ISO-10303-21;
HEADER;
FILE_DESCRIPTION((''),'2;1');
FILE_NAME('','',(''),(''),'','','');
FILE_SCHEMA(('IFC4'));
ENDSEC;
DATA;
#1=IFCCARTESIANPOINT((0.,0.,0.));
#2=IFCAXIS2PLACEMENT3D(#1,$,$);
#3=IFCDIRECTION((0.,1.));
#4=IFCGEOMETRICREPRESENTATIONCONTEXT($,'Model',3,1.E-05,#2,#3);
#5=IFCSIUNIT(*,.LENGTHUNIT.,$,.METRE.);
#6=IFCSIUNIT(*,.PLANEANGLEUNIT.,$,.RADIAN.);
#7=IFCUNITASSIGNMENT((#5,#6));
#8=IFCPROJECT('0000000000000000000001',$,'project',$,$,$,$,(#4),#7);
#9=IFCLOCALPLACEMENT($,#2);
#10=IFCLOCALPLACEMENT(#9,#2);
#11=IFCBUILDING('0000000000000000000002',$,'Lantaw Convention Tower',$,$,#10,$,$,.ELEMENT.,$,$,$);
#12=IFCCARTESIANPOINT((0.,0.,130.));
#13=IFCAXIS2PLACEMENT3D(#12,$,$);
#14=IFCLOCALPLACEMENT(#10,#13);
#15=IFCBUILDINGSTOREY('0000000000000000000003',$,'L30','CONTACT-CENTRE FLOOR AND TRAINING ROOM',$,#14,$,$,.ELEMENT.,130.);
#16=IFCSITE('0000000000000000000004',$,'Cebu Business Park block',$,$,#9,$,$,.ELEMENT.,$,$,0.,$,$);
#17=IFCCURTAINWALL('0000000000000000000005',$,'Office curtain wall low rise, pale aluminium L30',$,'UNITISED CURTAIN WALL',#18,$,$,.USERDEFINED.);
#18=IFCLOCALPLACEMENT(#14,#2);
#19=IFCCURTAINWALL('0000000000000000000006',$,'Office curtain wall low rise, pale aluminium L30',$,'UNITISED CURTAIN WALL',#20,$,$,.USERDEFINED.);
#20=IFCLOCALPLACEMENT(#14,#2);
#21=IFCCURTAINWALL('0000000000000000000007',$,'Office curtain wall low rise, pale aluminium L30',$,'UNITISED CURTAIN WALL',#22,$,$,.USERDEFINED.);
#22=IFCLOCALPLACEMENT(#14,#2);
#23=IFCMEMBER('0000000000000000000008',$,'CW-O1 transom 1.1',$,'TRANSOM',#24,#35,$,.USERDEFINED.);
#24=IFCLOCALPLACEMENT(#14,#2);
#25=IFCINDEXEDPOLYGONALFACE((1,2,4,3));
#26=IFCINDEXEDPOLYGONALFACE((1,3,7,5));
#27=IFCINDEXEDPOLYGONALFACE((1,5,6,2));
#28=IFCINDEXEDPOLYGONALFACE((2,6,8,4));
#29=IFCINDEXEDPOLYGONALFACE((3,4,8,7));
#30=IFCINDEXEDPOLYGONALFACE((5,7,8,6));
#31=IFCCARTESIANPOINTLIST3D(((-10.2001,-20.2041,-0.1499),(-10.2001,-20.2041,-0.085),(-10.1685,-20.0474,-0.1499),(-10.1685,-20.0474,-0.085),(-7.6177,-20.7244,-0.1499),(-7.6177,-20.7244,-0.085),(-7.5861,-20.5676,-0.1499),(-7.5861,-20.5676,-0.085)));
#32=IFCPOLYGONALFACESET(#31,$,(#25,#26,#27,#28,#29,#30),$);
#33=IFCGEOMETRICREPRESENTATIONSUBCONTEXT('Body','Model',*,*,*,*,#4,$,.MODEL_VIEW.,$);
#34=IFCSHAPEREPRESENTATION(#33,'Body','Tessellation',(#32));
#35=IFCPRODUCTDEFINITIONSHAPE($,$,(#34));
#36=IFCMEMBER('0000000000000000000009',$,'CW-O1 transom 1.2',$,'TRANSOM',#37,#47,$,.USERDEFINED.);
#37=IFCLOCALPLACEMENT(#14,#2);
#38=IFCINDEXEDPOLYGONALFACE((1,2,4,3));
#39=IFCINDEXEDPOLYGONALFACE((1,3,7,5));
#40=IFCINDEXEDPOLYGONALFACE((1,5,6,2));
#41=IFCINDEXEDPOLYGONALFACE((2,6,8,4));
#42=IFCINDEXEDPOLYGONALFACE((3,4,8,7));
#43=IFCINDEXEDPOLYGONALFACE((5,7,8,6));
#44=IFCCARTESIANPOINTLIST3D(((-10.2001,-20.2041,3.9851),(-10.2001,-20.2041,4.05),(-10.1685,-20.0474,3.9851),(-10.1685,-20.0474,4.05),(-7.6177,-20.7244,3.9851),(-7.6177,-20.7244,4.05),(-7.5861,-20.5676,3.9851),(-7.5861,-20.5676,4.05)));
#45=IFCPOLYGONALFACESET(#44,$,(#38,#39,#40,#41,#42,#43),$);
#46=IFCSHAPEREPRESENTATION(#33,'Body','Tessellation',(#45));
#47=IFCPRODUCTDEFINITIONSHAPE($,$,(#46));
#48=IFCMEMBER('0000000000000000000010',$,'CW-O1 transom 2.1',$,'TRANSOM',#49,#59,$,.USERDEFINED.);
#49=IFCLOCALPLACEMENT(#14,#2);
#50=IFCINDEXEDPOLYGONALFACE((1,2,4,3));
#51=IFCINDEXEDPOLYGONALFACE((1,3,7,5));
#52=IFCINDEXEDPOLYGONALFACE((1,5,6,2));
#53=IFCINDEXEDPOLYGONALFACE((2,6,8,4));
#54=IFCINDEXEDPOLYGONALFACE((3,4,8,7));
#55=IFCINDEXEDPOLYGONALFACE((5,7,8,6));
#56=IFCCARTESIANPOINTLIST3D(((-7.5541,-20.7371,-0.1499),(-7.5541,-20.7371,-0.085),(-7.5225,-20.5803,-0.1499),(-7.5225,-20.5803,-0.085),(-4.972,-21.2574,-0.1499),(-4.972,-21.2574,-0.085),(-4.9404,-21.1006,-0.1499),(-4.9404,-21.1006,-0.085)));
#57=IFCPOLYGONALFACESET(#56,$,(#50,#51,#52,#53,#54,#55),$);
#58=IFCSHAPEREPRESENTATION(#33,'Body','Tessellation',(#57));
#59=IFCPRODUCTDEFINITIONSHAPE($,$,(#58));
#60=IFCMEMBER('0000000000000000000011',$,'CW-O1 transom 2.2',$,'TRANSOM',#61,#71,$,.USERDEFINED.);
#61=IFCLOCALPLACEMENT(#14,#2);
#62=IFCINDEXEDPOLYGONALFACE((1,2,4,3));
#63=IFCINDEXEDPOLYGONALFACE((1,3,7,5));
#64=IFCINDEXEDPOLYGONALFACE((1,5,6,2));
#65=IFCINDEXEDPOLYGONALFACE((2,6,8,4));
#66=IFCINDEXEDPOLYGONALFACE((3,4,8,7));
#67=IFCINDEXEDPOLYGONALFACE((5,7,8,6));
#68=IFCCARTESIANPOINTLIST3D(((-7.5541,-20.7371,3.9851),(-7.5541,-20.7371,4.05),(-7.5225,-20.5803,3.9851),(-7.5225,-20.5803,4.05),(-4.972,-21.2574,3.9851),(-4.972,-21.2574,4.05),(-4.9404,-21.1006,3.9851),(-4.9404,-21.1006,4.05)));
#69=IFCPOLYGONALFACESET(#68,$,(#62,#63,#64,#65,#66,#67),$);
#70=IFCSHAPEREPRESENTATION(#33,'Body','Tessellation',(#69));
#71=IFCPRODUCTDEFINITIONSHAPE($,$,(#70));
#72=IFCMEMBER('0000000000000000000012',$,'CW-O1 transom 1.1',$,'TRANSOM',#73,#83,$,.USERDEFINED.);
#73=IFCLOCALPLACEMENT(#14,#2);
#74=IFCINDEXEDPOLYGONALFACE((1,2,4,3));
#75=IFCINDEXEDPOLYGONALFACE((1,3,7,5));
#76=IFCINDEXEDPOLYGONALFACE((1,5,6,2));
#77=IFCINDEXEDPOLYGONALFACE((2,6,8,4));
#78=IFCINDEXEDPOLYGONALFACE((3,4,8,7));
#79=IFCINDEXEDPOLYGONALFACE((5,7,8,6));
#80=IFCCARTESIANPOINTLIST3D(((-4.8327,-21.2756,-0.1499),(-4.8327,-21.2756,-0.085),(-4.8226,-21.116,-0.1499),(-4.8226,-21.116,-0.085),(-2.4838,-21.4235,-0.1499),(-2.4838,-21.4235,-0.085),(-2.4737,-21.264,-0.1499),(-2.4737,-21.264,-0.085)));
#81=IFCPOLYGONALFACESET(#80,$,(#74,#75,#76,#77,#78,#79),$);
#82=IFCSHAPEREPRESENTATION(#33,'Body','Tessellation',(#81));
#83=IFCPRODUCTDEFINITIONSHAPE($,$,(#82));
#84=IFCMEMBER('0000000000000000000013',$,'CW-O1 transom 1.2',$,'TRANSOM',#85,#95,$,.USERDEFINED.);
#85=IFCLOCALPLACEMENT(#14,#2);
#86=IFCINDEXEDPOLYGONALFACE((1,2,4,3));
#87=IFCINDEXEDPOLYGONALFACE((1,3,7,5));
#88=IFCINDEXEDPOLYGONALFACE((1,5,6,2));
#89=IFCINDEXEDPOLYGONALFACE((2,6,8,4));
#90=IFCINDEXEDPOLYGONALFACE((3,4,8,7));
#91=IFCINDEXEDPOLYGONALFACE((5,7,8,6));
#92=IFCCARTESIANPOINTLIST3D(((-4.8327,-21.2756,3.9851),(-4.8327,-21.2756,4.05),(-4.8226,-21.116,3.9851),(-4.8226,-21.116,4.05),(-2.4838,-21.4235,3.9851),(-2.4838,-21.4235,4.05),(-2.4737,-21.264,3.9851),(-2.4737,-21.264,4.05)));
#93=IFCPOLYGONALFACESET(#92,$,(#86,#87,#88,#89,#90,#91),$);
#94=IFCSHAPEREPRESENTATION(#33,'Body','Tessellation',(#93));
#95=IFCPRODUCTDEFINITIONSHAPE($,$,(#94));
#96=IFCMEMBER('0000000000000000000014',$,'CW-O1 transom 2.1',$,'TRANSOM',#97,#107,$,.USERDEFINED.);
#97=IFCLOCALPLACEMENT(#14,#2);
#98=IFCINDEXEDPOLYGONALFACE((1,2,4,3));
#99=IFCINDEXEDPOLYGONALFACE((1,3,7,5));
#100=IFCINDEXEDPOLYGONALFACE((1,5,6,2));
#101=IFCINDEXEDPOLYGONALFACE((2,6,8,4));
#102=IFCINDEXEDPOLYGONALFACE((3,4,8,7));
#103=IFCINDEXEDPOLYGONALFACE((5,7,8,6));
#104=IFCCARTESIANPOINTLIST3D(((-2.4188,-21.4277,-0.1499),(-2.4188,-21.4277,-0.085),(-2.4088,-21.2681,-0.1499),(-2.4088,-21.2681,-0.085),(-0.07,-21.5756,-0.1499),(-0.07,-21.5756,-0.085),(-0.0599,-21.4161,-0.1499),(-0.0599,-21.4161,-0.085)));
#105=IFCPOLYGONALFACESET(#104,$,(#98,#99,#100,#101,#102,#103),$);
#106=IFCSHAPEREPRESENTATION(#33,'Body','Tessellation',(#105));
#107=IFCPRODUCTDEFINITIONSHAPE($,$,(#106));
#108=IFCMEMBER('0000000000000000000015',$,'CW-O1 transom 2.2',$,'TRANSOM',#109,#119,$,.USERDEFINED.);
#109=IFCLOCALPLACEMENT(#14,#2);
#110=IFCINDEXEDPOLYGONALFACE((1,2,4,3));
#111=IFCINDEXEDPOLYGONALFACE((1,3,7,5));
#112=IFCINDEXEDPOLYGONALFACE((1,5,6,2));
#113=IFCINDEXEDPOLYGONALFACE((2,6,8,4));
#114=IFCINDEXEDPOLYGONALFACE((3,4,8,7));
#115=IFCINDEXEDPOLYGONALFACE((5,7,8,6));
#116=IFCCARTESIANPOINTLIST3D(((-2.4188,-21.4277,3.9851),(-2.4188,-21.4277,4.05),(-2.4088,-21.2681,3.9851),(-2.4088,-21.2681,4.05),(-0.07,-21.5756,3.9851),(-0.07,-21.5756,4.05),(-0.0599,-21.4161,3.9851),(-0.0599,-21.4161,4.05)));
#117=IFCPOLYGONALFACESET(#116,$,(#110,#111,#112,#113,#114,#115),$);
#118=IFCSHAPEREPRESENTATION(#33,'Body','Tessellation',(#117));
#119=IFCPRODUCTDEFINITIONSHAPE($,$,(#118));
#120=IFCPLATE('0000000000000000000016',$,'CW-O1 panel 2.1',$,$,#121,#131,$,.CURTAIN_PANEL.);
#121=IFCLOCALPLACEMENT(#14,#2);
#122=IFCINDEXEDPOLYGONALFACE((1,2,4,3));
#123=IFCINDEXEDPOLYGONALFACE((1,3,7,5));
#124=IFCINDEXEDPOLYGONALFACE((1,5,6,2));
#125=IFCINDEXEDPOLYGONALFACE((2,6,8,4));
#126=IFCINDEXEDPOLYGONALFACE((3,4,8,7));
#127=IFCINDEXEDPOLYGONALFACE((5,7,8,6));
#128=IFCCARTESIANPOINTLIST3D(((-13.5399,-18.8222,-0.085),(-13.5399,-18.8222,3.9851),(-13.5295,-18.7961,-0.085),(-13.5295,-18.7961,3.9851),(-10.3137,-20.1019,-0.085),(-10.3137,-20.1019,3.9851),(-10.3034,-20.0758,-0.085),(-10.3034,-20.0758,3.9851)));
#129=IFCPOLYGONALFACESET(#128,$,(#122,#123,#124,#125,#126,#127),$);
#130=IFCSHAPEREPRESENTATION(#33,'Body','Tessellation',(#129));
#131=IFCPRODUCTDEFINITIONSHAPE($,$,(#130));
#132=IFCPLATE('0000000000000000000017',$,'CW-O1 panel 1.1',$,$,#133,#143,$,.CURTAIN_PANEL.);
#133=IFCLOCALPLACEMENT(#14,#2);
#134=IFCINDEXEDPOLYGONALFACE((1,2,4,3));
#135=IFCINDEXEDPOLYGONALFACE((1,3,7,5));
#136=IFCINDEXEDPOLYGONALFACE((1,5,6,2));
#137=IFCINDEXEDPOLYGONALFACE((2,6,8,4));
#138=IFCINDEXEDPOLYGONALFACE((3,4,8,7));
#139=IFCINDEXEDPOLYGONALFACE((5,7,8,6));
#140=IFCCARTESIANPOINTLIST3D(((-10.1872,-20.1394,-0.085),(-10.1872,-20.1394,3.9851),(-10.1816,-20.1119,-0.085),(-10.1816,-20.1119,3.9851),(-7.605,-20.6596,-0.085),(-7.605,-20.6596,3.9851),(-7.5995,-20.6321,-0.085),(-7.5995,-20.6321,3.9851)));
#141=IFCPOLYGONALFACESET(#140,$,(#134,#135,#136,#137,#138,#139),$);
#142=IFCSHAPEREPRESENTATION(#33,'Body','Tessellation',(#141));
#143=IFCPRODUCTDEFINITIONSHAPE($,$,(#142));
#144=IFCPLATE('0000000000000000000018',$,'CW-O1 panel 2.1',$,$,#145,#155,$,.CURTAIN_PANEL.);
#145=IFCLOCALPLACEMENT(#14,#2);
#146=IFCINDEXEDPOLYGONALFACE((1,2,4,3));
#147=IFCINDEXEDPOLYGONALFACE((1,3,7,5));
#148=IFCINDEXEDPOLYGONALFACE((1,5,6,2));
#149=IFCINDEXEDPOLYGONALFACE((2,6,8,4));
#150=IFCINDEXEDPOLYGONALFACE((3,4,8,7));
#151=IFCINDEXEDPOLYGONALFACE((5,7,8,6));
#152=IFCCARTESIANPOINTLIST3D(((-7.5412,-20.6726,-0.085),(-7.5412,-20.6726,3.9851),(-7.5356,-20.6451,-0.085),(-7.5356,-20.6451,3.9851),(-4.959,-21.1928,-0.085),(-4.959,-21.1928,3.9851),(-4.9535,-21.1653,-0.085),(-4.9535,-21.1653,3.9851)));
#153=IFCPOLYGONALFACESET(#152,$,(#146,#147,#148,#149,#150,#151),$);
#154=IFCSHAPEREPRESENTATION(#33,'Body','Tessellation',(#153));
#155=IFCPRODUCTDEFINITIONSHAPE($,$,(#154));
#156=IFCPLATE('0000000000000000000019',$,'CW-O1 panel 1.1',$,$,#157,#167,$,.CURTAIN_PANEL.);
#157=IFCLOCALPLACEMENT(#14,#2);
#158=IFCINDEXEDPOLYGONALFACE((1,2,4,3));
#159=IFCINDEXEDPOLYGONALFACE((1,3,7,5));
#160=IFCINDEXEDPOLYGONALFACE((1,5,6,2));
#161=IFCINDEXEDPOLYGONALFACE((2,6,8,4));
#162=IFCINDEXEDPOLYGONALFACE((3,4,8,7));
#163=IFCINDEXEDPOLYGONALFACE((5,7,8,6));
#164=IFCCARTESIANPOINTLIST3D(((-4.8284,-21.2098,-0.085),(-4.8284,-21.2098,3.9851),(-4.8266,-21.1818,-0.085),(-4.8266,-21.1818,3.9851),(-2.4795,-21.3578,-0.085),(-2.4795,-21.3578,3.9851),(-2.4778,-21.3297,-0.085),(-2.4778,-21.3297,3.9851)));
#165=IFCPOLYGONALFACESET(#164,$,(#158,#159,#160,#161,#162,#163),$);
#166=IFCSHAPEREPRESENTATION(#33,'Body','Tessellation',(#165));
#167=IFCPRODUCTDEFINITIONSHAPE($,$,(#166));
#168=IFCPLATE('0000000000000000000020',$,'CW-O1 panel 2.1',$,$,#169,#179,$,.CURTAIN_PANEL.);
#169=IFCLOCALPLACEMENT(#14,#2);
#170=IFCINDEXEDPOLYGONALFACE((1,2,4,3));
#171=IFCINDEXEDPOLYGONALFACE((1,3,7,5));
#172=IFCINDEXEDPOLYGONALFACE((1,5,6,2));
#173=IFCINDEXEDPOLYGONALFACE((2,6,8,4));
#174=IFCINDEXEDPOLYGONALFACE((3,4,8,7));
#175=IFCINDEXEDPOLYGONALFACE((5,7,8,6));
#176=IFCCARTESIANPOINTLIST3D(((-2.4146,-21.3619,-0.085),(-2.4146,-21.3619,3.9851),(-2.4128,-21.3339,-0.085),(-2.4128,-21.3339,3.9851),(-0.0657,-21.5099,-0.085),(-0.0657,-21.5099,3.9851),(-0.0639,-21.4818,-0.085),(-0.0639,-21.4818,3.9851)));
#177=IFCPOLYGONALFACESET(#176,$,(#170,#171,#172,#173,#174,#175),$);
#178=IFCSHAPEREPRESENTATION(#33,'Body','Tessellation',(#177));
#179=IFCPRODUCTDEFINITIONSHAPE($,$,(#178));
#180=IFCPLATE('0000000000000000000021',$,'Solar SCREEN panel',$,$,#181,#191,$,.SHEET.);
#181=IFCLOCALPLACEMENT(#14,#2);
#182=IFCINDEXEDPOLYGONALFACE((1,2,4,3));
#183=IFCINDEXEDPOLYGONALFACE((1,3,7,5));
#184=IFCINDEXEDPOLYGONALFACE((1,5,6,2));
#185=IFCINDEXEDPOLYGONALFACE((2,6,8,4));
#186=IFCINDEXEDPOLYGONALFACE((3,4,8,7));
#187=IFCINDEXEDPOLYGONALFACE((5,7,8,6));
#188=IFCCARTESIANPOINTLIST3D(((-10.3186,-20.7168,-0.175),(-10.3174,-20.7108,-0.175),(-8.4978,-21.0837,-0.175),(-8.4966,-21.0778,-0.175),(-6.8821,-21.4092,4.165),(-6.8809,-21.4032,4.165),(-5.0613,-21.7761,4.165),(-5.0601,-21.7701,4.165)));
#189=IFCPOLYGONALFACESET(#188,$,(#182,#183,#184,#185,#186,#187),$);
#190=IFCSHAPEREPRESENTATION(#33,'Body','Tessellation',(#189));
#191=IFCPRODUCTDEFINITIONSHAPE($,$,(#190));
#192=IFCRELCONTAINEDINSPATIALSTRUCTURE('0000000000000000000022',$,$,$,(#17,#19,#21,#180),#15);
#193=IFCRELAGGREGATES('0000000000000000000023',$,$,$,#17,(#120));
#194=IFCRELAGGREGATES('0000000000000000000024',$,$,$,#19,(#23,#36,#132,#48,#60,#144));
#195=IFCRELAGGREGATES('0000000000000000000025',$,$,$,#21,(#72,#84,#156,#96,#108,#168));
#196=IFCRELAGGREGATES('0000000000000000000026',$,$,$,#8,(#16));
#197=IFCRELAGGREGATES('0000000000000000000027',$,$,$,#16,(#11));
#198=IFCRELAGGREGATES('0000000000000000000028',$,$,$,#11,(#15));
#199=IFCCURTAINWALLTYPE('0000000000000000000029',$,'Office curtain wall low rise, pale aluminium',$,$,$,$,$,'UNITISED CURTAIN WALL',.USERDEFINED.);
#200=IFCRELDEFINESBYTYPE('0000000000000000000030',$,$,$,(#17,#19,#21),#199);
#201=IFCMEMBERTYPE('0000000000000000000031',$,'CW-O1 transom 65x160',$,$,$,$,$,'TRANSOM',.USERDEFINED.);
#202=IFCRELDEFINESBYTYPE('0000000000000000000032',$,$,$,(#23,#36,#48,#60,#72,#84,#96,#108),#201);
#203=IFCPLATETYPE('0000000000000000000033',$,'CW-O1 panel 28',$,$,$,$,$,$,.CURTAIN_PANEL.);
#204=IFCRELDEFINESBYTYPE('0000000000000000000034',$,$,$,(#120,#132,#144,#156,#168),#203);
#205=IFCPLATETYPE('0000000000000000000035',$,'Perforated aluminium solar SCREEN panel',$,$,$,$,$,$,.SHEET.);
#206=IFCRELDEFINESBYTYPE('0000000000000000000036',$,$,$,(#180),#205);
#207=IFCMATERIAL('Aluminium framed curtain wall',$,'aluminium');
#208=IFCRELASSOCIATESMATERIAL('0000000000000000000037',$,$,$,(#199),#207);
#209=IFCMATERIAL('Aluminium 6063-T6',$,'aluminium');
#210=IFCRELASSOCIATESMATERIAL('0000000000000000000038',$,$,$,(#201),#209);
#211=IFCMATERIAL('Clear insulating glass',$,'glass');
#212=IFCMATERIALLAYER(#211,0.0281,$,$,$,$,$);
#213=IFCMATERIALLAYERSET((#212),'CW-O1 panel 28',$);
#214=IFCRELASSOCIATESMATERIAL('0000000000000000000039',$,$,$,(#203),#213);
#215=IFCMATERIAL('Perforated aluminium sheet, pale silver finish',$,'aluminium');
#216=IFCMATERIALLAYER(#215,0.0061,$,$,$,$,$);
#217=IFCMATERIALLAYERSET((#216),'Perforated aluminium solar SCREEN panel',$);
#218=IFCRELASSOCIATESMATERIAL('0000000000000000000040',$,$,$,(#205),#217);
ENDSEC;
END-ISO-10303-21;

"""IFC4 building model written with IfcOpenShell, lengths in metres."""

from ifc_helpers import new_model, si_unit, direction, frame, origin, origin_2d, place, context, subcontext, project, spatial, polyline, rectangle, outline, extrude, material, layer, layer_set, material_profile, profile_set, type_object, element, aggregate, save


model = new_model("IFC4")

# Units and contexts
model_context = context("Model", 3, precision=1e-05, world=origin(), true_north=direction((0.0, 1.0)))
body_context = subcontext(model_context, "Body", "Model", "MODEL_VIEW")
ifc_project = project(units=[si_unit("LENGTHUNIT", "METRE"), si_unit("PLANEANGLEUNIT", "RADIAN")], contexts=[model_context])

# Site, building, storey
site_placement = place(None, origin())
site = spatial("IfcSite", under=ifc_project, at=site_placement, Name="Cebu Business Park block", CompositionType="ELEMENT", RefElevation=0.0)
building_placement = place(site_placement, origin())
building = spatial("IfcBuilding", under=site, at=building_placement, Name="Lantaw Convention Tower", CompositionType="ELEMENT")
storey_placement = place(building_placement, frame((0.0, 0.0, 130.0)))
storey = spatial("IfcBuildingStorey", under=building, at=storey_placement, Name="L30", Description="CONTACT-CENTRE FLOOR AND TRAINING ROOM", CompositionType="ELEMENT", Elevation=130.0)

# Curtain wall
ifc_material_1 = material(Name="Aluminium framed curtain wall", Category="aluminium")
curtain_wall_type = type_object("IfcCurtainWallType", Name="Office curtain wall low rise, pale aluminium", ElementType="UNITISED CURTAIN WALL", PredefinedType="USERDEFINED", material=ifc_material_1)
curtain_wall_1_placement = place(storey_placement, origin())
curtain_wall_1 = element("IfcCurtainWall", 1, at=curtain_wall_1_placement, inside=storey, type_object=curtain_wall_type, Name="Office curtain wall low rise, pale aluminium L30", ObjectType="UNITISED CURTAIN WALL", PredefinedType="USERDEFINED")
ifc_material_2 = material(Name="Aluminium 6063-T6", Category="aluminium")

# Curtain walls
curtain_wall_2_placement = place(storey_placement, origin())
curtain_wall_2 = element("IfcCurtainWall", 2, at=curtain_wall_2_placement, inside=storey, type_object=curtain_wall_type, Name="Office curtain wall low rise, pale aluminium L30", ObjectType="UNITISED CURTAIN WALL", PredefinedType="USERDEFINED")
curtain_wall_3_placement = place(storey_placement, origin())
curtain_wall_3 = element("IfcCurtainWall", 3, at=curtain_wall_3_placement, inside=storey, type_object=curtain_wall_type, Name="Office curtain wall low rise, pale aluminium L30", ObjectType="UNITISED CURTAIN WALL", PredefinedType="USERDEFINED")

# Members
ifc_material_profile_1 = material_profile(ifc_material_2, rectangle(XDim=0.1599, YDim=0.0649, at=origin_2d()), Name="CW-O1 transom 65x160")
ifc_profile_set_1 = profile_set([ifc_material_profile_1], Name="Aluminium 6063-T6")
member_type_1 = type_object("IfcMemberType", Name="CW-O1 transom 65x160", ElementType="TRANSOM", PredefinedType="USERDEFINED", material=ifc_profile_set_1)
member_1_placement = place(storey_placement, frame((-10.1843, -20.1257, -0.1174), z_axis=(0.980302, -0.197506, 0.0), x_axis=(0.197506, 0.980302, 0.0)))
member_1 = element("IfcMember", 4, at=member_1_placement, type_object=member_type_1, Name="CW-O1 transom 1.1", ObjectType="TRANSOM", PredefinedType="USERDEFINED", context=body_context, shape_type="SweptSolid", body=[
    extrude(rectangle(XDim=0.1599, YDim=0.0649, at=origin_2d()), origin(), (0.0, 0.0, 1.0), 2.6343),
])
member_2_placement = place(storey_placement, frame((-10.1843, -20.1257, 4.0176), z_axis=(0.980302, -0.197506, 0.0), x_axis=(0.197506, 0.980302, 0.0)))
member_2 = element("IfcMember", 5, at=member_2_placement, type_object=member_type_1, Name="CW-O1 transom 1.2", ObjectType="TRANSOM", PredefinedType="USERDEFINED", context=body_context, shape_type="SweptSolid", body=[
    extrude(rectangle(XDim=0.1599, YDim=0.0649, at=origin_2d()), origin(), (0.0, 0.0, 1.0), 2.6343),
])
member_3_placement = place(storey_placement, frame((-7.5383, -20.6587, -0.1174), z_axis=(0.980298, -0.197524, 0.0), x_axis=(0.197524, 0.980298, 0.0)))
member_3 = element("IfcMember", 6, at=member_3_placement, type_object=member_type_1, Name="CW-O1 transom 2.1", ObjectType="TRANSOM", PredefinedType="USERDEFINED", context=body_context, shape_type="SweptSolid", body=[
    extrude(rectangle(XDim=0.1599, YDim=0.0649, at=origin_2d()), origin(), (0.0, 0.0, 1.0), 2.634),
])
member_4_placement = place(storey_placement, frame((-7.5383, -20.6587, 4.0176), z_axis=(0.980298, -0.197524, 0.0), x_axis=(0.197524, 0.980298, 0.0)))
member_4 = element("IfcMember", 7, at=member_4_placement, type_object=member_type_1, Name="CW-O1 transom 2.2", ObjectType="TRANSOM", PredefinedType="USERDEFINED", context=body_context, shape_type="SweptSolid", body=[
    extrude(rectangle(XDim=0.1599, YDim=0.0649, at=origin_2d()), origin(), (0.0, 0.0, 1.0), 2.634),
])
member_5_placement = place(storey_placement, frame((-4.8276, -21.1958, -0.1174), z_axis=(0.998022, -0.062863, 0.0), x_axis=(0.062863, 0.998022, 0.0)))
member_5 = element("IfcMember", 8, at=member_5_placement, type_object=member_type_1, Name="CW-O1 transom 1.1", ObjectType="TRANSOM", PredefinedType="USERDEFINED", context=body_context, shape_type="SweptSolid", body=[
    extrude(rectangle(XDim=0.1599, YDim=0.0649, at=origin_2d()), origin(), (0.0, 0.0, 1.0), 2.3535),
])
member_6_placement = place(storey_placement, frame((-4.8276, -21.1958, 4.0176), z_axis=(0.998022, -0.062863, 0.0), x_axis=(0.062863, 0.998022, 0.0)))
member_6 = element("IfcMember", 9, at=member_6_placement, type_object=member_type_1, Name="CW-O1 transom 1.2", ObjectType="TRANSOM", PredefinedType="USERDEFINED", context=body_context, shape_type="SweptSolid", body=[
    extrude(rectangle(XDim=0.1599, YDim=0.0649, at=origin_2d()), origin(), (0.0, 0.0, 1.0), 2.3535),
])
member_7_placement = place(storey_placement, frame((-2.4138, -21.3479, -0.1174), z_axis=(0.998022, -0.062863, 0.0), x_axis=(0.062863, 0.998022, 0.0)))
member_7 = element("IfcMember", 10, at=member_7_placement, type_object=member_type_1, Name="CW-O1 transom 2.1", ObjectType="TRANSOM", PredefinedType="USERDEFINED", context=body_context, shape_type="SweptSolid", body=[
    extrude(rectangle(XDim=0.1599, YDim=0.0649, at=origin_2d()), origin(), (0.0, 0.0, 1.0), 2.3535),
])
member_8_placement = place(storey_placement, frame((-2.4138, -21.3479, 4.0176), z_axis=(0.998022, -0.062863, 0.0), x_axis=(0.062863, 0.998022, 0.0)))
member_8 = element("IfcMember", 11, at=member_8_placement, type_object=member_type_1, Name="CW-O1 transom 2.2", ObjectType="TRANSOM", PredefinedType="USERDEFINED", context=body_context, shape_type="SweptSolid", body=[
    extrude(rectangle(XDim=0.1599, YDim=0.0649, at=origin_2d()), origin(), (0.0, 0.0, 1.0), 2.3535),
])

# Plates
ifc_material_3 = material(Name="Clear insulating glass", Category="glass")
ifc_layer_1 = layer(ifc_material_3, 0.0281)
ifc_layer_set_1 = layer_set([ifc_layer_1], Name="CW-O1 panel 28")
plate_type_1 = type_object("IfcPlateType", Name="CW-O1 panel 28", PredefinedType="CURTAIN_PANEL", material=ifc_layer_set_1)
plate_1_placement = place(storey_placement, frame((-11.9216, -19.449, -0.085), z_axis=(0.0, 0.0, 1.0), x_axis=(0.929548, -0.368702, 0.0)))
plate_1 = element("IfcPlate", 12, at=plate_1_placement, type_object=plate_type_1, Name="CW-O1 panel 2.1", PredefinedType="CURTAIN_PANEL", context=body_context, shape_type="SweptSolid", body=[
    extrude(rectangle(XDim=3.4707, YDim=0.0281, at=origin_2d()), origin(), (0.0, 0.0, 1.0), 4.0701),
])
aggregate(curtain_wall_1, [plate_1])
plate_2_placement = place(storey_placement, frame((-8.8933, -20.3857, -0.085), z_axis=(0.0, 0.0, 1.0), x_axis=(0.980302, -0.197507, 0.0)))
plate_2 = element("IfcPlate", 13, at=plate_2_placement, type_object=plate_type_1, Name="CW-O1 panel 1.1", PredefinedType="CURTAIN_PANEL", context=body_context, shape_type="SweptSolid", body=[
    extrude(rectangle(XDim=2.634, YDim=0.0281, at=origin_2d()), origin(), (0.0, 0.0, 1.0), 4.0701),
])
plate_3_placement = place(storey_placement, frame((-6.2473, -20.9189, -0.085), z_axis=(0.0, 0.0, 1.0), x_axis=(0.980302, -0.197507, 0.0)))
plate_3 = element("IfcPlate", 14, at=plate_3_placement, type_object=plate_type_1, Name="CW-O1 panel 2.1", PredefinedType="CURTAIN_PANEL", context=body_context, shape_type="SweptSolid", body=[
    extrude(rectangle(XDim=2.634, YDim=0.0281, at=origin_2d()), origin(), (0.0, 0.0, 1.0), 4.0701),
])
aggregate(curtain_wall_2, [member_1, member_2, plate_2, member_3, member_4, plate_3])
plate_4_placement = place(storey_placement, frame((-3.6531, -21.2698, -0.085), z_axis=(0.0, 0.0, 1.0), x_axis=(0.998022, -0.062865, 0.0)))
plate_4 = element("IfcPlate", 15, at=plate_4_placement, type_object=plate_type_1, Name="CW-O1 panel 1.1", PredefinedType="CURTAIN_PANEL", context=body_context, shape_type="SweptSolid", body=[
    extrude(rectangle(XDim=2.3535, YDim=0.0281, at=origin_2d()), origin(), (0.0, 0.0, 1.0), 4.0701),
])
plate_5_placement = place(storey_placement, frame((-1.2393, -21.4219, -0.085), z_axis=(0.0, 0.0, 1.0), x_axis=(0.998022, -0.062865, 0.0)))
plate_5 = element("IfcPlate", 16, at=plate_5_placement, type_object=plate_type_1, Name="CW-O1 panel 2.1", PredefinedType="CURTAIN_PANEL", context=body_context, shape_type="SweptSolid", body=[
    extrude(rectangle(XDim=2.3535, YDim=0.0281, at=origin_2d()), origin(), (0.0, 0.0, 1.0), 4.0701),
])
aggregate(curtain_wall_3, [member_5, member_6, plate_4, member_7, member_8, plate_5])

# Plate
ifc_material_4 = material(Name="Perforated aluminium sheet, pale silver finish", Category="aluminium")
ifc_layer_2 = layer(ifc_material_4, 0.0061)
ifc_layer_set_2 = layer_set([ifc_layer_2], Name="Perforated aluminium solar SCREEN panel")
plate_type_2 = type_object("IfcPlateType", Name="Perforated aluminium solar SCREEN panel", PredefinedType="SHEET", material=ifc_layer_set_2)
plate_6_placement = place(storey_placement, frame((-10.3186, -20.7168, -0.175), z_axis=(-0.197557, -0.980291, 0.000039), x_axis=(0.980291, -0.197557, 0.0)))
element("IfcPlate", 17, at=plate_6_placement, inside=storey, type_object=plate_type_2, Name="Solar SCREEN panel", PredefinedType="SHEET", context=body_context, shape_type="SweptSolid", body=[
    extrude(outline(polyline([(0.0, 0.0), (1.8574, 0.0), (5.363, 4.3401), (3.5056, 4.3401), (0.0, 0.0)])), origin(), (0.0, 0.0, -1.0), 0.0061),
])

save(model, "model.ifc")
